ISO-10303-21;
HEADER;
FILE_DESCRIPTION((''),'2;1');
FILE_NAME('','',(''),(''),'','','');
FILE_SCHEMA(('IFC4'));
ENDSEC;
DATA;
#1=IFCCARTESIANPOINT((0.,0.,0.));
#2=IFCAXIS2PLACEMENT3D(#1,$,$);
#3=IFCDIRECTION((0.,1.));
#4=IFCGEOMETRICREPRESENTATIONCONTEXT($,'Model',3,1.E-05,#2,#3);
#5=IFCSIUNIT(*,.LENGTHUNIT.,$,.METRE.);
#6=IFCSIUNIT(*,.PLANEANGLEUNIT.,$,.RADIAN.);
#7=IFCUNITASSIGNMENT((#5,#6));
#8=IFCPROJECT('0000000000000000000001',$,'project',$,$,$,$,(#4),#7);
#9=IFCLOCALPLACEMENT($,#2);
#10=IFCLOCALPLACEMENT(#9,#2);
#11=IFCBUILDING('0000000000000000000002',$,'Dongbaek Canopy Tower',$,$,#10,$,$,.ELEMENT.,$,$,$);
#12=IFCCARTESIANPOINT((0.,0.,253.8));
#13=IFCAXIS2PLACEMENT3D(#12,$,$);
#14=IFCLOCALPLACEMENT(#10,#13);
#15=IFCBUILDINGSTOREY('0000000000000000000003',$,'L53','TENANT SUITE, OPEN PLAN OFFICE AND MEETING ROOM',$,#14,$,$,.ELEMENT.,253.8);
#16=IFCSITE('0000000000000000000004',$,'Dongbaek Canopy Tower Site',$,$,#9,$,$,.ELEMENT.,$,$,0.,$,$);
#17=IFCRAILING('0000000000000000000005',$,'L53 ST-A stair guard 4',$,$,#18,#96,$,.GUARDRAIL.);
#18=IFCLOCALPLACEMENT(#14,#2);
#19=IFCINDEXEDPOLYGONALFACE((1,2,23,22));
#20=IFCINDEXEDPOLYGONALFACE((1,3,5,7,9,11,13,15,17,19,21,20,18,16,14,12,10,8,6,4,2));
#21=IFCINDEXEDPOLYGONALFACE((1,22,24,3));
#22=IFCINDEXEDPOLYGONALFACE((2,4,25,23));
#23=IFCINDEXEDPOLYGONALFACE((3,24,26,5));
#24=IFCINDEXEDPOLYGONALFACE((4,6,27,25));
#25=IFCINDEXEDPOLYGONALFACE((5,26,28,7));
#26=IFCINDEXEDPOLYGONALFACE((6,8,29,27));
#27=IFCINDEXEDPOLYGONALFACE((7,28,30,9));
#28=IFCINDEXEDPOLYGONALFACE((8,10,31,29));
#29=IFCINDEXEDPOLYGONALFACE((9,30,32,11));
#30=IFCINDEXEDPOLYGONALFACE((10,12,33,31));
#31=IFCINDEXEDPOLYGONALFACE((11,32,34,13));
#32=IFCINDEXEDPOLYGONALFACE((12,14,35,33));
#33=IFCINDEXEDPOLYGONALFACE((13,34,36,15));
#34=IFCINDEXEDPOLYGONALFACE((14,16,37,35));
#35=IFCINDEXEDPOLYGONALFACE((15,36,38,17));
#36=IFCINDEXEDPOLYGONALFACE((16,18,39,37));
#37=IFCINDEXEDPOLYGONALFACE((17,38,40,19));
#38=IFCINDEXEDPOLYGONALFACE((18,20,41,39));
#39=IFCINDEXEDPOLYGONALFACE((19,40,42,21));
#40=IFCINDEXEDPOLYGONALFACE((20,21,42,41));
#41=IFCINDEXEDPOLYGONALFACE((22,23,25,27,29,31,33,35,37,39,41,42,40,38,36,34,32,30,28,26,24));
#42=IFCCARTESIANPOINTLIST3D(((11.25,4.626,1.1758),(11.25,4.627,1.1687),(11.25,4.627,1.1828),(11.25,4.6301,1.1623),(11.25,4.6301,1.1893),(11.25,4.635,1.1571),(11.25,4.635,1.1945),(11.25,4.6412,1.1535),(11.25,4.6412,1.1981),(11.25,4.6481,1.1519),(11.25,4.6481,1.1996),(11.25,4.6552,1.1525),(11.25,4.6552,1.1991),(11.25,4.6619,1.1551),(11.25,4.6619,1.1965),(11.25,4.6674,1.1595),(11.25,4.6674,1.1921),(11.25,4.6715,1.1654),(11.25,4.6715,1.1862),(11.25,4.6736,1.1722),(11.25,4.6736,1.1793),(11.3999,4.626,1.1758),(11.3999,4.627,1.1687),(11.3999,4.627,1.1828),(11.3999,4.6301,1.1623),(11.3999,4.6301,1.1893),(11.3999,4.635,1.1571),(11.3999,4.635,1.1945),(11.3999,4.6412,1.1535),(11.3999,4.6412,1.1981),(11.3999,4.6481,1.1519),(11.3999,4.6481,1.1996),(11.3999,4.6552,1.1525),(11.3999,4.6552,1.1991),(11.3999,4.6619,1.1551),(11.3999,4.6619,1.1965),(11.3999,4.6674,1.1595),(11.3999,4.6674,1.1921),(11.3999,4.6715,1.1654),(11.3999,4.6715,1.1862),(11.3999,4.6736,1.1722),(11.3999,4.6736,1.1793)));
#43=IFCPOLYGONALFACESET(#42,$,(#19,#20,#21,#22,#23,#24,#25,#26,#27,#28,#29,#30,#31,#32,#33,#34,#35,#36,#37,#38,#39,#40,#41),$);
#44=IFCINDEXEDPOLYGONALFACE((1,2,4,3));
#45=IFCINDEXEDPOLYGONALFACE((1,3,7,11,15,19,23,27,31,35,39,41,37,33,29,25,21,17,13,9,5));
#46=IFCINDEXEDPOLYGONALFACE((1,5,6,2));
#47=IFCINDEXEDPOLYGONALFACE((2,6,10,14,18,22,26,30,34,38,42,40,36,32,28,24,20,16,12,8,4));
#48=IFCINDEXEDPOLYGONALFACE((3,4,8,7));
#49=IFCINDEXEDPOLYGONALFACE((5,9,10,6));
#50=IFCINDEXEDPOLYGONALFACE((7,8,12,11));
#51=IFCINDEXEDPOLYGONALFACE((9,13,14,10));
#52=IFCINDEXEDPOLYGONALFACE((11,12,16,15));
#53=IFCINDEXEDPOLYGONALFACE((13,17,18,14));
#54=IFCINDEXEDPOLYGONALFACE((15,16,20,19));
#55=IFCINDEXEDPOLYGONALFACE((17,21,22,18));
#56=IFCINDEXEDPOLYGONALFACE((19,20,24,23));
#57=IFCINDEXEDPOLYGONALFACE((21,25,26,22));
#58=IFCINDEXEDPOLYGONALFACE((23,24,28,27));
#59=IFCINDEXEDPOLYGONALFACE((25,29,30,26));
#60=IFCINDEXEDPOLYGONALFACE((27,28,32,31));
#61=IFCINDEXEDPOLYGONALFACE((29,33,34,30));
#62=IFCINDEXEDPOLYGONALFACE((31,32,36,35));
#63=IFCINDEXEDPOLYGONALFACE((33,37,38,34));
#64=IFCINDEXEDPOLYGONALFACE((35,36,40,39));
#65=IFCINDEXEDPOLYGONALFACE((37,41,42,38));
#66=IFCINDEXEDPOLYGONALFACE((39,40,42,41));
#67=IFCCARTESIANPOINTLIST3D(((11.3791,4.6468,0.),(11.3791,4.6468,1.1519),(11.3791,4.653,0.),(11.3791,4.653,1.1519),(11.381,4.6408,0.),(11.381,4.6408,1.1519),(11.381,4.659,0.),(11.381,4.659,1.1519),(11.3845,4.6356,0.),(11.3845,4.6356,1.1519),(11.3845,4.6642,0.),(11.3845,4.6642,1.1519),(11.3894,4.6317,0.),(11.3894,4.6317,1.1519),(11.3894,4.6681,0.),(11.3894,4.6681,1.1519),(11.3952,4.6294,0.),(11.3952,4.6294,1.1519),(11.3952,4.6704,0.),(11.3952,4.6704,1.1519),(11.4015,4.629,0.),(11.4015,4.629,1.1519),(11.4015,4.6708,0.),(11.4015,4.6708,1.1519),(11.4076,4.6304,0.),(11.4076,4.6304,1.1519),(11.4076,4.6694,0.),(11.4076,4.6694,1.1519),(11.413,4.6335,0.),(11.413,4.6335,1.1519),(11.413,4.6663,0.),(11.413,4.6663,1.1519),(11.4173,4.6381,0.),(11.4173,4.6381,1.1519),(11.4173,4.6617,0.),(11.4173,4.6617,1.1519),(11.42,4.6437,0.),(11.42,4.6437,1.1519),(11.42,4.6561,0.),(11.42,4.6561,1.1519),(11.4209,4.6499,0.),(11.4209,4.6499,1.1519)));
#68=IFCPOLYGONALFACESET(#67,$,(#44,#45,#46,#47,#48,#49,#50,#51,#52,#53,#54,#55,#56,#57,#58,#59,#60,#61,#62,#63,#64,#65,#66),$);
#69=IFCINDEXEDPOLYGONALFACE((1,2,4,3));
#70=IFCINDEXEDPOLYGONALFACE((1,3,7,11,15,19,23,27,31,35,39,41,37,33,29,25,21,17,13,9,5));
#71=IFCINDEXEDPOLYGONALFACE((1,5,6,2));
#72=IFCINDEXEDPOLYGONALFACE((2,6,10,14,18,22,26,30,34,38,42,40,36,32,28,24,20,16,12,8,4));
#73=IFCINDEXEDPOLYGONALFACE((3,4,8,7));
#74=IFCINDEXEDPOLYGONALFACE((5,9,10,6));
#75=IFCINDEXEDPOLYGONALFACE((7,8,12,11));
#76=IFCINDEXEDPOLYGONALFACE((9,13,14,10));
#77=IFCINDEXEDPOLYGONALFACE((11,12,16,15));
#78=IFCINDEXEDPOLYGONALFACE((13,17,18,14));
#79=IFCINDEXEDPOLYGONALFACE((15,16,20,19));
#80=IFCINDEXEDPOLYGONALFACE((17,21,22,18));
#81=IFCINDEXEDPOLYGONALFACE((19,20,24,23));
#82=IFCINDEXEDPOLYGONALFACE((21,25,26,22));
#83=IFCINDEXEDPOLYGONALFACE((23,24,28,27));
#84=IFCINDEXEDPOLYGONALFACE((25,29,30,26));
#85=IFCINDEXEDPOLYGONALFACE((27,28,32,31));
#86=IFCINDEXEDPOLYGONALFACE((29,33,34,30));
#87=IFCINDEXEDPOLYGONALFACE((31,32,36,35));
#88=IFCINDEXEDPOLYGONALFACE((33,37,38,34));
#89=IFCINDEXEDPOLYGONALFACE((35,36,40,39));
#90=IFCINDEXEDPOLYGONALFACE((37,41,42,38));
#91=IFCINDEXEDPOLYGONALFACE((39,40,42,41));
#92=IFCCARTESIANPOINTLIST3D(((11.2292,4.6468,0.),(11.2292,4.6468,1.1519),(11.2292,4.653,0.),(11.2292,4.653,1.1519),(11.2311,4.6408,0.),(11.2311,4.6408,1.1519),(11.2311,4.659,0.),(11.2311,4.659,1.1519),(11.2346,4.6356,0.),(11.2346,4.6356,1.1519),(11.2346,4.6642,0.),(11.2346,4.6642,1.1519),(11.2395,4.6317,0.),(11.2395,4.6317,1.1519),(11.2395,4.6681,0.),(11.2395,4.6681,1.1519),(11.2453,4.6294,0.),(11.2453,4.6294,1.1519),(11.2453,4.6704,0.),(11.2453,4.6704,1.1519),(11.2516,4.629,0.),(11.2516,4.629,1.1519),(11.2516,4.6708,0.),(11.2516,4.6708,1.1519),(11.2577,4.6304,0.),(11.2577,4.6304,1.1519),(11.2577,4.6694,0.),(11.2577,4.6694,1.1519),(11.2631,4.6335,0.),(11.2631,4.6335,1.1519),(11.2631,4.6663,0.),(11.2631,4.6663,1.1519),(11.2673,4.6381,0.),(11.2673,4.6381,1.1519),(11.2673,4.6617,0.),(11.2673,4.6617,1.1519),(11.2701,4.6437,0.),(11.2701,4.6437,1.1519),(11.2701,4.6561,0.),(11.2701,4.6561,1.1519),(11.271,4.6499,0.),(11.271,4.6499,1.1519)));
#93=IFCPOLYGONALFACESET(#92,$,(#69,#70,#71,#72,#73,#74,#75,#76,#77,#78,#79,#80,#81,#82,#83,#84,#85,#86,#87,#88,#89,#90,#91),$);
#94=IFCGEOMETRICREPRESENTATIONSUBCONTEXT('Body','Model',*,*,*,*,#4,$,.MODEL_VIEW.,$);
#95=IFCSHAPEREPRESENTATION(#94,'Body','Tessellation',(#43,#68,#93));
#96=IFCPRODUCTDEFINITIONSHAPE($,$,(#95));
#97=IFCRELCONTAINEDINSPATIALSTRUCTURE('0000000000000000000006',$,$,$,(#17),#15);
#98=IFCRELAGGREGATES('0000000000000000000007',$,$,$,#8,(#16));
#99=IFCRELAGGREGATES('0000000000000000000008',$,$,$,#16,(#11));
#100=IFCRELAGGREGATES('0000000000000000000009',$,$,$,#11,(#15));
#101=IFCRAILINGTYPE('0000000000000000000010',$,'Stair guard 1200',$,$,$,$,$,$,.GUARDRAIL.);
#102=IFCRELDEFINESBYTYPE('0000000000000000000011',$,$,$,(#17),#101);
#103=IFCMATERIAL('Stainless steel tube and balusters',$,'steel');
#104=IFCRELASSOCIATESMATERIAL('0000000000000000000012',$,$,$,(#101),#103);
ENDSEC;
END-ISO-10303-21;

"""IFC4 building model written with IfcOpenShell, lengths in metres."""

from ifc_helpers import new_model, si_unit, direction, frame, origin, origin_2d, place, context, subcontext, project, spatial, circle, extrude, material, type_object, element, save


model = new_model("IFC4")

# Units and contexts
model_context = context("Model", 3, precision=1e-05, world=origin(), true_north=direction((0.0, 1.0)))
body_context = subcontext(model_context, "Body", "Model", "MODEL_VIEW")
ifc_project = project(units=[si_unit("LENGTHUNIT", "METRE"), si_unit("PLANEANGLEUNIT", "RADIAN")], contexts=[model_context])

# Site, building, storey
site_placement = place(None, origin())
site = spatial("IfcSite", under=ifc_project, at=site_placement, Name="Dongbaek Canopy Tower Site", CompositionType="ELEMENT", RefElevation=0.0)
building_placement = place(site_placement, origin())
building = spatial("IfcBuilding", under=site, at=building_placement, Name="Dongbaek Canopy Tower", CompositionType="ELEMENT")
storey_placement = place(building_placement, frame((0.0, 0.0, 253.8)))
storey = spatial("IfcBuildingStorey", under=building, at=storey_placement, Name="L53", Description="TENANT SUITE, OPEN PLAN OFFICE AND MEETING ROOM", CompositionType="ELEMENT", Elevation=253.8)

# Railing
ifc_material_1 = material(Name="Stainless steel tube and balusters", Category="steel")
railing_type_1 = type_object("IfcRailingType", Name="Stair guard 1200", PredefinedType="GUARDRAIL", material=ifc_material_1)
railing_1_placement = place(storey_placement, frame((11.3999, 4.6499, 0.0)))
element("IfcRailing", 1, at=railing_1_placement, inside=storey, type_object=railing_type_1, Name="L53 ST-A stair guard 4", PredefinedType="GUARDRAIL", context=body_context, shape_type="SweptSolid", body=[
    extrude(circle(Radius=0.0239, at=origin_2d()), frame((0.0, 0.0, 1.1758), z_axis=(-1.0, 0.0, 0.0), x_axis=(0.0, -1.0, 0.0)), (0.0, 0.0, 1.0), 0.1499),
    extrude(circle(Radius=0.021, at=origin_2d()), origin(), (0.0, 0.0, 1.0), 1.1519),
    extrude(circle(Radius=0.021, at=origin_2d()), frame((-0.1499, 0.0, 0.0)), (0.0, 0.0, 1.0), 1.1519),
])

save(model, "model.ifc")
